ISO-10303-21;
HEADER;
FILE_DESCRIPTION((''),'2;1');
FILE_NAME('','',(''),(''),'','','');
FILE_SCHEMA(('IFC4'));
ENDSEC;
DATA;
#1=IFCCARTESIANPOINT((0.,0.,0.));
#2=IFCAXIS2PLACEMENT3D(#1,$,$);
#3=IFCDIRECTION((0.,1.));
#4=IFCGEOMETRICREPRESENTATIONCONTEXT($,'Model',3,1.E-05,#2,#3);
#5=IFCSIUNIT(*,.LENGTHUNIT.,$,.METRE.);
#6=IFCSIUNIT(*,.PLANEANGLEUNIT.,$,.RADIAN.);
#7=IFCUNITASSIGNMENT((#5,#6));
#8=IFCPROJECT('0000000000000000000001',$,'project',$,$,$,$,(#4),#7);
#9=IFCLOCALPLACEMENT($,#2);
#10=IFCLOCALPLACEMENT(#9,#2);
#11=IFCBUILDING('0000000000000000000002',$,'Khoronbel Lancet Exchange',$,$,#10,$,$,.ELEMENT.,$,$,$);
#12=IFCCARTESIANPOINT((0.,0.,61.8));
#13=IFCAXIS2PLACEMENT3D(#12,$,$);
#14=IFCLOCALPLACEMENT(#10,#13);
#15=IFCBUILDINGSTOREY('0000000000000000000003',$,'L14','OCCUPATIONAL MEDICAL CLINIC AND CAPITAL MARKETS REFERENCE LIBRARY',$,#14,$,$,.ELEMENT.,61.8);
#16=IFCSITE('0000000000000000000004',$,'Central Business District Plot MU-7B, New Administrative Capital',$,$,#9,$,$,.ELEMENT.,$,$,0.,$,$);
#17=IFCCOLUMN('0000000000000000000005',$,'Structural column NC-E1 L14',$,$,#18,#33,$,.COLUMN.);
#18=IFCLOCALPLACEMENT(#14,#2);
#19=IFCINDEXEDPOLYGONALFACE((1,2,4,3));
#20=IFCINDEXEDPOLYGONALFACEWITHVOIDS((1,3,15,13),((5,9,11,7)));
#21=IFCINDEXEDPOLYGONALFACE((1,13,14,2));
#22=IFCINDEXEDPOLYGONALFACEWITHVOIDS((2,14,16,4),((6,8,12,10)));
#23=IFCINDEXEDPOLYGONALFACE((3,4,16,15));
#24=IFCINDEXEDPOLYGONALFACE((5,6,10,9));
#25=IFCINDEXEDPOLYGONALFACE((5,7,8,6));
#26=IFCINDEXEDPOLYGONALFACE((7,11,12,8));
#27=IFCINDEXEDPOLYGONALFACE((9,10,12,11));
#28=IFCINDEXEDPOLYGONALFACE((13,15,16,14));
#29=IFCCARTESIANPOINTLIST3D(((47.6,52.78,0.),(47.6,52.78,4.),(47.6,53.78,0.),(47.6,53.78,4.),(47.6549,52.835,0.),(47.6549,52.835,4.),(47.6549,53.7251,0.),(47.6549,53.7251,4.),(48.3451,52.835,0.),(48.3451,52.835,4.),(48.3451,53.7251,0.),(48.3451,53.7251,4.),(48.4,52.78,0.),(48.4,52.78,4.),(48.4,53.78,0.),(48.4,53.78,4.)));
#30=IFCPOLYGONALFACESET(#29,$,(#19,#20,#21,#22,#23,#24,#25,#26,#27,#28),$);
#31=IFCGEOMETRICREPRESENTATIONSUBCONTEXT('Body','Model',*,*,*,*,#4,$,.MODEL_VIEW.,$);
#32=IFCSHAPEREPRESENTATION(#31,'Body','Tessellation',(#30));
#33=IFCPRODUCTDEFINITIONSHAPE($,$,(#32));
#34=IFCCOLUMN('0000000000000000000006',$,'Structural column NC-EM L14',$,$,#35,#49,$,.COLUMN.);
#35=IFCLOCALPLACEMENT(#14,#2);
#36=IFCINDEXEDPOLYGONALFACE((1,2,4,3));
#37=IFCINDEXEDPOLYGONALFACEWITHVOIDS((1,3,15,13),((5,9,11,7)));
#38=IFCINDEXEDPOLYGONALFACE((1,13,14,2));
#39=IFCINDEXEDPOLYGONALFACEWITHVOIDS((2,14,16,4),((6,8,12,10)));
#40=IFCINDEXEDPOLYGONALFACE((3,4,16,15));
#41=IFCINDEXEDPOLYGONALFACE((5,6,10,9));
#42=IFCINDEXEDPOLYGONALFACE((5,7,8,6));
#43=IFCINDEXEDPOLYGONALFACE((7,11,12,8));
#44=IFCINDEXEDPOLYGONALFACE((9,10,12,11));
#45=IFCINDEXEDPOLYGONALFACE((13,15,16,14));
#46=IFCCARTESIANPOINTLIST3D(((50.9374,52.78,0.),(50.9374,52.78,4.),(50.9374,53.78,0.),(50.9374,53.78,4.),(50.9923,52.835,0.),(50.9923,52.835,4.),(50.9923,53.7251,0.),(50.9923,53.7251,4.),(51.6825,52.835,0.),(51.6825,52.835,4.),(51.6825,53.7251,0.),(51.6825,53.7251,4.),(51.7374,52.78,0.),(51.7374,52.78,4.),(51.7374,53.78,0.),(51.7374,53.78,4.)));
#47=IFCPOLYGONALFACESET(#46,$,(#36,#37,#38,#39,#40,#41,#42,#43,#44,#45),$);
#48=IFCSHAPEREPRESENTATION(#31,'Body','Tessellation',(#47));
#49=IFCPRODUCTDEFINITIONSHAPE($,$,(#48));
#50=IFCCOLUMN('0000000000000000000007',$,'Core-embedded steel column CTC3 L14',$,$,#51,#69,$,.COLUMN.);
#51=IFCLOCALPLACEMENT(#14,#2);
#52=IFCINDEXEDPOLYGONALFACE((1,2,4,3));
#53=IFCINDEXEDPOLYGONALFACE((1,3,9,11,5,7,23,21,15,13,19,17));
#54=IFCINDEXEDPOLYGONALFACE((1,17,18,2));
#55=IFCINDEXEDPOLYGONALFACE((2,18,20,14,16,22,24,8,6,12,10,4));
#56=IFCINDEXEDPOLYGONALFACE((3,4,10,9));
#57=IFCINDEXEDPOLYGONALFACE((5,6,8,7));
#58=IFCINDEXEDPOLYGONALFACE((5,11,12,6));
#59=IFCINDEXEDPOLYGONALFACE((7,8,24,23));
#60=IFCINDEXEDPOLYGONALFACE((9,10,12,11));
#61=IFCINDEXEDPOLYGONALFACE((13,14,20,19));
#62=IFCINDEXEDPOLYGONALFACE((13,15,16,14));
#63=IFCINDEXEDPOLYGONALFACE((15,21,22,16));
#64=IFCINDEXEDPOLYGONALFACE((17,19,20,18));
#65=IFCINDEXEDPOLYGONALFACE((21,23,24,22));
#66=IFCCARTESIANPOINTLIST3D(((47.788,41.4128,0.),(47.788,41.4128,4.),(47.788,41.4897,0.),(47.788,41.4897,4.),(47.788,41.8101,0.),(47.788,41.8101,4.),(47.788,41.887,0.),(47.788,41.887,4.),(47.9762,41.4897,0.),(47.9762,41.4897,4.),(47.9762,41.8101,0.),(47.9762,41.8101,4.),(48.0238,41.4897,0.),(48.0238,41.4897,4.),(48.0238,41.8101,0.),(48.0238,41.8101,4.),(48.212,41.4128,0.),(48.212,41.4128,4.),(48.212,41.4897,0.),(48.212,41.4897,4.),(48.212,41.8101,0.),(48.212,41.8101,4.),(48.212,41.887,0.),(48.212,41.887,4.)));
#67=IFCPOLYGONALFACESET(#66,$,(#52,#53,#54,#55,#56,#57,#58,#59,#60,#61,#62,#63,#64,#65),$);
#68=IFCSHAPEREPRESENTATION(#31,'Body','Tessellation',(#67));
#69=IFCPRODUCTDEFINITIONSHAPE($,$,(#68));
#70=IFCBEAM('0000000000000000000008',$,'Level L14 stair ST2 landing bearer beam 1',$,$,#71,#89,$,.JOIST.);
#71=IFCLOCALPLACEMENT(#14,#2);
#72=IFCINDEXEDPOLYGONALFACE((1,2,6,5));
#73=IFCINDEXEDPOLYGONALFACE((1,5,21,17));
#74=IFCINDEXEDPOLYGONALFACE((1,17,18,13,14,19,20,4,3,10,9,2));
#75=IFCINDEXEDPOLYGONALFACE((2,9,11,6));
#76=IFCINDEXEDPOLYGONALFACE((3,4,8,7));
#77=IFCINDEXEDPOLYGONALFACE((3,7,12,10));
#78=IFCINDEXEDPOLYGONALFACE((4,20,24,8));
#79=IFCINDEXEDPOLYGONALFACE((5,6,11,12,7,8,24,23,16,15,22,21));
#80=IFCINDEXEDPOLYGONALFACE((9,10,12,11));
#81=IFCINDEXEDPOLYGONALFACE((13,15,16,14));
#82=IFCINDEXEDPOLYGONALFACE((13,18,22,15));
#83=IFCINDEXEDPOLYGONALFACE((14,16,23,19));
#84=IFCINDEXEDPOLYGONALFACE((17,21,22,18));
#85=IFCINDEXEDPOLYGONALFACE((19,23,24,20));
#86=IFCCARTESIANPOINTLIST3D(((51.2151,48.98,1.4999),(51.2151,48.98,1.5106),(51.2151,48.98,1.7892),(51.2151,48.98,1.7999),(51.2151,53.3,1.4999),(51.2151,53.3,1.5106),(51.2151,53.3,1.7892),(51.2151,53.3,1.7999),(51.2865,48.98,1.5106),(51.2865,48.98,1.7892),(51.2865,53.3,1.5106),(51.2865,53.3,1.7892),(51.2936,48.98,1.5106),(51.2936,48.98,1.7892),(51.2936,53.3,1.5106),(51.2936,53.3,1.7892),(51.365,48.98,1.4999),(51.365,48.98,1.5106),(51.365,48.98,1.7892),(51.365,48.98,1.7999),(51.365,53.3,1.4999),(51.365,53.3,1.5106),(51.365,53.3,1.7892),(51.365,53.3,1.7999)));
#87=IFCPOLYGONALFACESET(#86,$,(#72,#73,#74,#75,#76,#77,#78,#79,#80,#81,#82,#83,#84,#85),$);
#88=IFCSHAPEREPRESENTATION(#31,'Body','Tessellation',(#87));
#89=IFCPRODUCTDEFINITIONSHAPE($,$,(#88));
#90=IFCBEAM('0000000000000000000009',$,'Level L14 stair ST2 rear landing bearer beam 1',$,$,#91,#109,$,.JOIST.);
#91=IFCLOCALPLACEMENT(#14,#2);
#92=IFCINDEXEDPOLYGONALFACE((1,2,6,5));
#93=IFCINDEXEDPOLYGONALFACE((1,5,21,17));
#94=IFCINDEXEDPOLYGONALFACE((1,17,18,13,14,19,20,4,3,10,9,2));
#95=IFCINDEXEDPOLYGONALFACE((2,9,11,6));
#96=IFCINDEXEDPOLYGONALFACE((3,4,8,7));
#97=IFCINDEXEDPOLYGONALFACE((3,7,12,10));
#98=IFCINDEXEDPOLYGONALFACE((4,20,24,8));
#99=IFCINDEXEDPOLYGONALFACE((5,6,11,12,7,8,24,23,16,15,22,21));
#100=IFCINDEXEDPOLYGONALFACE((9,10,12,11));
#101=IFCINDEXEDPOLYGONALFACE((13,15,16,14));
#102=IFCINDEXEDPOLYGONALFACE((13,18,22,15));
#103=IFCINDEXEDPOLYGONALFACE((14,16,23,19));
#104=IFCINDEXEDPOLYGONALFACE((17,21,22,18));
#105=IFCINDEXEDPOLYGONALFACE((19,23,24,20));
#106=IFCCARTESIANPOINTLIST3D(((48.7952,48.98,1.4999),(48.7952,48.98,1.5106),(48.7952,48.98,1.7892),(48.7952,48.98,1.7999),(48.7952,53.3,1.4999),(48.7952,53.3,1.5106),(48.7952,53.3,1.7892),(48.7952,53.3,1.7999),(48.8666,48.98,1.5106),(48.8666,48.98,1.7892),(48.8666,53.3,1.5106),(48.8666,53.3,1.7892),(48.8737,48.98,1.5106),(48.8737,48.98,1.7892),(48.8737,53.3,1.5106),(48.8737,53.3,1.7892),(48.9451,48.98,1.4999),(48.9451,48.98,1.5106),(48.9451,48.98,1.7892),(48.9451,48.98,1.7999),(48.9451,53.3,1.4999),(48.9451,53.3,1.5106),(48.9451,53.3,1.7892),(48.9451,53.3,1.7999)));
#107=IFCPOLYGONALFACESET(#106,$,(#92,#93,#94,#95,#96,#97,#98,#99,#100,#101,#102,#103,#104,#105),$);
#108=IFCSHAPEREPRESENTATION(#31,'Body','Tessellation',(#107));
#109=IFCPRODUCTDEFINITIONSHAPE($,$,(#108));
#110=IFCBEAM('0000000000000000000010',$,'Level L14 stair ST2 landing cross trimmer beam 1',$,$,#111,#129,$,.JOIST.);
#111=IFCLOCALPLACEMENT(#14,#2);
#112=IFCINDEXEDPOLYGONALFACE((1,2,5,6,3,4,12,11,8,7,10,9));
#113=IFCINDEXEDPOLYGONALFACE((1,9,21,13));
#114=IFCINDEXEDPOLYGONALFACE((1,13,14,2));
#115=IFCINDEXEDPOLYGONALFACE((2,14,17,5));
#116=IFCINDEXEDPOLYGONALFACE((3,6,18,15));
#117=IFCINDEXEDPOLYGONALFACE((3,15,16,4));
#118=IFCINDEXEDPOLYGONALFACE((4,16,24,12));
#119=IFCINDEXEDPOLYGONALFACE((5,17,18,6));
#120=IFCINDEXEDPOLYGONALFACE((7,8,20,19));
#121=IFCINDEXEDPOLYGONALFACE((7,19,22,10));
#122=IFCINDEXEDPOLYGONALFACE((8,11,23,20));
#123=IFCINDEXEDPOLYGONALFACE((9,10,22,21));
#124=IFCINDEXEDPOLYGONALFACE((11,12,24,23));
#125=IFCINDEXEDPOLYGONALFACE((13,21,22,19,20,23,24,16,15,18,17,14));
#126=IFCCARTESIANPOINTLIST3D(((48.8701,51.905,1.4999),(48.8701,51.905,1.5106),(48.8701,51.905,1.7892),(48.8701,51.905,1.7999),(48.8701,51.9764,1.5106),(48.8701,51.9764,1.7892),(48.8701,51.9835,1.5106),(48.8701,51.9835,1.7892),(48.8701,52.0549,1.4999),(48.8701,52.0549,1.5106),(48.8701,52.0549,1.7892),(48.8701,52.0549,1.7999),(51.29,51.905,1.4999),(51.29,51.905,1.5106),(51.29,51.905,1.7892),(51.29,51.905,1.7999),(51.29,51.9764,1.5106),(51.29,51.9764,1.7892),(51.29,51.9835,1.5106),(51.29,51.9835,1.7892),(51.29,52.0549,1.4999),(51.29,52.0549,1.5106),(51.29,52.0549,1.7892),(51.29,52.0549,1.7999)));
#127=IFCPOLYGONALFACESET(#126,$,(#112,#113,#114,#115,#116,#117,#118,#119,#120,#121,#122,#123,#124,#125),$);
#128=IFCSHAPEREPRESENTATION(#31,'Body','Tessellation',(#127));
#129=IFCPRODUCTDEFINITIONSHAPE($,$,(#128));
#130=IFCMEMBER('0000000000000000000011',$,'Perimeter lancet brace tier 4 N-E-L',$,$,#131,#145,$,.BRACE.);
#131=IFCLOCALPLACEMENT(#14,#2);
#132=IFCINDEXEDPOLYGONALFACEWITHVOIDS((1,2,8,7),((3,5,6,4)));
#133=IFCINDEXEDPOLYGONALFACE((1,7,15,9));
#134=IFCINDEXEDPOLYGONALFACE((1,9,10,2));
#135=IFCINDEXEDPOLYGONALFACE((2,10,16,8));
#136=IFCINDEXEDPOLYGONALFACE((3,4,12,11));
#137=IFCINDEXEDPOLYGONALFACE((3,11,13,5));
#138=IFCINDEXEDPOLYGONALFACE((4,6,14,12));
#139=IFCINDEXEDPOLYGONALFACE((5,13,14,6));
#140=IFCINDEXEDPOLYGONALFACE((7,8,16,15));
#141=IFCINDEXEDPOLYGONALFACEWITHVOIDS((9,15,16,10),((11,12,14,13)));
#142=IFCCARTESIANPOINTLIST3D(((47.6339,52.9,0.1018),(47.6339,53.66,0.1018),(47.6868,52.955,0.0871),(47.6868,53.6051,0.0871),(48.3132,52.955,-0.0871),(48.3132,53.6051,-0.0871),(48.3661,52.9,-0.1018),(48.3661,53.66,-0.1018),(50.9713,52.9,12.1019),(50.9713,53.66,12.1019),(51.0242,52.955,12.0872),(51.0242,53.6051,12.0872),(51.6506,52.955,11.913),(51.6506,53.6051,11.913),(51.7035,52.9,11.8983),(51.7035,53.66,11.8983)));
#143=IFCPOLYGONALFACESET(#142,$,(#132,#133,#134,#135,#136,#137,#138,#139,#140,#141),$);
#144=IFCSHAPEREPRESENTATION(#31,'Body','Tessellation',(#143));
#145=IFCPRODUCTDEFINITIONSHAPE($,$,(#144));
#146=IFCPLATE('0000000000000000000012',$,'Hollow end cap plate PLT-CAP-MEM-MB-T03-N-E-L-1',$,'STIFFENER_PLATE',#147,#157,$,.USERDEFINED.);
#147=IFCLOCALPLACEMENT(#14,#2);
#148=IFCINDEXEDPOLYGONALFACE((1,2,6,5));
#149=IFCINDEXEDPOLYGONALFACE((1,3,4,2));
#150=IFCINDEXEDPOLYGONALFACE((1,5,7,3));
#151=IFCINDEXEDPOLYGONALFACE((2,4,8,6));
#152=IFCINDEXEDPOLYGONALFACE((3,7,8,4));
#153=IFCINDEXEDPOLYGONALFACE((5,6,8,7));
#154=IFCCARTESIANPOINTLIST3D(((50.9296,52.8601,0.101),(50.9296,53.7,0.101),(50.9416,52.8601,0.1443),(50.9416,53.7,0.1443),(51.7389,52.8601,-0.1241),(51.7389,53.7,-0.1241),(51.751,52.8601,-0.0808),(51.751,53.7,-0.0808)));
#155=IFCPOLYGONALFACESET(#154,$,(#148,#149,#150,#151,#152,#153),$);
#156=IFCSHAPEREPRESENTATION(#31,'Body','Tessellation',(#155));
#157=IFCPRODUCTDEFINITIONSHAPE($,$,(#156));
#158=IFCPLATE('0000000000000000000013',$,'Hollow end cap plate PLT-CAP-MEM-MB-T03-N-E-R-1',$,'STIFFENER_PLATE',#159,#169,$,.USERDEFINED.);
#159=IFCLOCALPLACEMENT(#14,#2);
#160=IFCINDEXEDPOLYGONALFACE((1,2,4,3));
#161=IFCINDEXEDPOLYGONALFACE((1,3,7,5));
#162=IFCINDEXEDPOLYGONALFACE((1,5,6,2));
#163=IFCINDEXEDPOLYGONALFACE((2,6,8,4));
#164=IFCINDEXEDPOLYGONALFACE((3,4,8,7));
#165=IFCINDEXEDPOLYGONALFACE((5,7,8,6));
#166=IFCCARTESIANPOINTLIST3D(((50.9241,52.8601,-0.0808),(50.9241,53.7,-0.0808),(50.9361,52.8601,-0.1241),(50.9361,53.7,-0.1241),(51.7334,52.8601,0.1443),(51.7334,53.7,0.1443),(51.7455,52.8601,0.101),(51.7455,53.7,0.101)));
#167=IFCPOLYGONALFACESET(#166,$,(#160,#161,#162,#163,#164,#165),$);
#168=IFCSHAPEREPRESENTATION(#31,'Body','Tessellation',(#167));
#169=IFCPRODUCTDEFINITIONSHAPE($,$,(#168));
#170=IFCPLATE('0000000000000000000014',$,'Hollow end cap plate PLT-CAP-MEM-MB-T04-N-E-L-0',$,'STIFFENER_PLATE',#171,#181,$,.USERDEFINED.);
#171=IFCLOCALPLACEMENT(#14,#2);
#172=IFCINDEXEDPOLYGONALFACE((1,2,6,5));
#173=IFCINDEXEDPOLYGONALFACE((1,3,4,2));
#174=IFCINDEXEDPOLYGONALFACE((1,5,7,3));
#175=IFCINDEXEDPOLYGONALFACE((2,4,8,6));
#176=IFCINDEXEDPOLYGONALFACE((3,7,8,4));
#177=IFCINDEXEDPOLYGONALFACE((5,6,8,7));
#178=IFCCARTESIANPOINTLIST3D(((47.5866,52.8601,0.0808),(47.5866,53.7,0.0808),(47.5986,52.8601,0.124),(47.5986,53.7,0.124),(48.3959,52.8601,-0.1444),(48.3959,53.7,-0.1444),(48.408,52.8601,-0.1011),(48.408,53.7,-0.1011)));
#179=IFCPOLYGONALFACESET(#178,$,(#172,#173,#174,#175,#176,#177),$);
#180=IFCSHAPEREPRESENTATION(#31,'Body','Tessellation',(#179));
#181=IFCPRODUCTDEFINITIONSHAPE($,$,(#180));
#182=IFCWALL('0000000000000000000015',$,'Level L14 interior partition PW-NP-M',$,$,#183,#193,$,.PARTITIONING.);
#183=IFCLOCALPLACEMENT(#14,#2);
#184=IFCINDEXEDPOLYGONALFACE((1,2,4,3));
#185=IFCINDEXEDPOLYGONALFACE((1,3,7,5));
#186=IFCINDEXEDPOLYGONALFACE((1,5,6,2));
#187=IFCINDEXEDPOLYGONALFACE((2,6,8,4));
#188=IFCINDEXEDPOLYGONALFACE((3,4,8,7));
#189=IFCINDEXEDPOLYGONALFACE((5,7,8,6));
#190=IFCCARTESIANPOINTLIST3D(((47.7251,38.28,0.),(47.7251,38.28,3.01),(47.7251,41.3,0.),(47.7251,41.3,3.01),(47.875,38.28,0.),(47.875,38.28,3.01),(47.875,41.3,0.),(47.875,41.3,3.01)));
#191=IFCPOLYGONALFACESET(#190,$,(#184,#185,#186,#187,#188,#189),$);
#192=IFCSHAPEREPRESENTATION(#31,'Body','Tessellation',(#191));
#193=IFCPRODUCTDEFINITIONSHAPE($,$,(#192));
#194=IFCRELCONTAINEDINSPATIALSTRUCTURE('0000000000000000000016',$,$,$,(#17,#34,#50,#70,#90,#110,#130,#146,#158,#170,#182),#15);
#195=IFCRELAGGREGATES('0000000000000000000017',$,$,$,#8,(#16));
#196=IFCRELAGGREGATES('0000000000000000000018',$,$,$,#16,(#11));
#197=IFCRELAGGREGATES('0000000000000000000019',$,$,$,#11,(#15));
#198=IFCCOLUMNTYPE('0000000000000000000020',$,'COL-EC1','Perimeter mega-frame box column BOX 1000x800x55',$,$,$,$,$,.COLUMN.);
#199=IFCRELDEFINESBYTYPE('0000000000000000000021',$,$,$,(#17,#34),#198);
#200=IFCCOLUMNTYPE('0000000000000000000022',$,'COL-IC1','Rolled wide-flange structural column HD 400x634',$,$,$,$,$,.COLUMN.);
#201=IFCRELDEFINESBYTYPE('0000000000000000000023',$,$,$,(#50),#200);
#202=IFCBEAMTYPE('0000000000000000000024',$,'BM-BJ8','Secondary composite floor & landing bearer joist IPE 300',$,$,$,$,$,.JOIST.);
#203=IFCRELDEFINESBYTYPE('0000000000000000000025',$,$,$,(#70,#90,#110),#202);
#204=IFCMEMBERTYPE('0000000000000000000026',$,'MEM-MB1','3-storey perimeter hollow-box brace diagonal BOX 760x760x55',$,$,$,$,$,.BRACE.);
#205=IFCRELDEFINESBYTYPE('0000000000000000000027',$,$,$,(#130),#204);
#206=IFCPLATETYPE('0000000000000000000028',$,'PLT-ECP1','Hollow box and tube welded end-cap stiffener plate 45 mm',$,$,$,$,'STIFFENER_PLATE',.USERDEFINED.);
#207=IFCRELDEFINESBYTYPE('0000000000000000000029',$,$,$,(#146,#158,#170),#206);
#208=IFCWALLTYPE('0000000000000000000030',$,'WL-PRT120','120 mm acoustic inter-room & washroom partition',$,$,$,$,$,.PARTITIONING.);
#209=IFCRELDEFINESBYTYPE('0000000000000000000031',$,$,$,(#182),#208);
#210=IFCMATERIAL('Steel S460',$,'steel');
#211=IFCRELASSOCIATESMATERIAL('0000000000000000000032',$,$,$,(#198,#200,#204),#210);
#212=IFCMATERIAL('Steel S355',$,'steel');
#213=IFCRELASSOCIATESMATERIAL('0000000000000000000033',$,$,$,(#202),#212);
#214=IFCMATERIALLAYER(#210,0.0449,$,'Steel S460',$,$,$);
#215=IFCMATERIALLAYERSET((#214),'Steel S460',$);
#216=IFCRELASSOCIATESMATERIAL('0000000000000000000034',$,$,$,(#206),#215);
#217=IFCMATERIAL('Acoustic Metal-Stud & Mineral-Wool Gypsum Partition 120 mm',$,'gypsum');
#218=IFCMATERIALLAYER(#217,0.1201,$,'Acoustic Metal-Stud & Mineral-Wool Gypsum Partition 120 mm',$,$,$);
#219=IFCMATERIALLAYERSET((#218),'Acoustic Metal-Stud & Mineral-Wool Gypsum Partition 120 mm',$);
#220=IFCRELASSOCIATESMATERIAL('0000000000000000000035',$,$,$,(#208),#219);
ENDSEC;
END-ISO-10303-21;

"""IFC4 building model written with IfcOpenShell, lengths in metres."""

from ifc_helpers import new_model, si_unit, direction, frame, frame_2d, origin, origin_2d, place, context, subcontext, project, spatial, polyline, rectangle, hollow_rectangle, i_section, outline, extrude, material, layer, layer_set, material_profile, profile_set, type_object, element, save


model = new_model("IFC4")

# Units and contexts
model_context = context("Model", 3, precision=1e-05, world=origin(), true_north=direction((0.0, 1.0)))
body_context = subcontext(model_context, "Body", "Model", "MODEL_VIEW")
ifc_project = project(units=[si_unit("LENGTHUNIT", "METRE"), si_unit("PLANEANGLEUNIT", "RADIAN")], contexts=[model_context])

# Site, building, storey
site_placement = place(None, origin())
site = spatial("IfcSite", under=ifc_project, at=site_placement, Name="Central Business District Plot MU-7B, New Administrative Capital", CompositionType="ELEMENT", RefElevation=0.0)
building_placement = place(site_placement, origin())
building = spatial("IfcBuilding", under=site, at=building_placement, Name="Khoronbel Lancet Exchange", CompositionType="ELEMENT")
storey_placement = place(building_placement, frame((0.0, 0.0, 61.8)))
storey = spatial("IfcBuildingStorey", under=building, at=storey_placement, Name="L14", Description="OCCUPATIONAL MEDICAL CLINIC AND CAPITAL MARKETS REFERENCE LIBRARY", CompositionType="ELEMENT", Elevation=61.8)

# Columns
ifc_material_1 = material(Name="Steel S460", Category="steel")
ifc_material_profile_1 = material_profile(ifc_material_1, hollow_rectangle(XDim=0.8, YDim=1.0, WallThickness=0.0549, at=origin_2d()), Name="BOX 1000x800x55")
ifc_profile_set_1 = profile_set([ifc_material_profile_1], Name="Steel S460")
column_type_1 = type_object("IfcColumnType", Name="COL-EC1", Description="Perimeter mega-frame box column BOX 1000x800x55", PredefinedType="COLUMN", material=ifc_profile_set_1)
for number, where, z_axis, x_axis, name in (
    (1, (48.0, 53.28, 0.0), (0.0, 0.0, 1.0), (1.0, 0.0, 0.0), "Structural column NC-E1 L14"),
    (2, (51.3374, 53.28, 0.0), (0.0, 0.0, 1.0), (1.0, 0.0, 0.0), "Structural column NC-EM L14"),
):
    element("IfcColumn", number, at=place(storey_placement, frame(where, z_axis=z_axis, x_axis=x_axis)), inside=storey, type_object=column_type_1, Name=name, PredefinedType="COLUMN", context=body_context, shape_type="SweptSolid", body=[
        extrude(hollow_rectangle(XDim=0.8, YDim=1.0, WallThickness=0.0549, at=origin_2d()), origin(), (0.0, 0.0, 1.0), 4.0),
    ])
ifc_material_profile_2 = material_profile(ifc_material_1, i_section(OverallWidth=0.4241, OverallDepth=0.4741, WebThickness=0.0476, FlangeThickness=0.0769, at=origin_2d()), Name="HD 400x634")
ifc_profile_set_2 = profile_set([ifc_material_profile_2], Name="Steel S460")
column_type_2 = type_object("IfcColumnType", Name="COL-IC1", Description="Rolled wide-flange structural column HD 400x634", PredefinedType="COLUMN", material=ifc_profile_set_2)
column_placement = place(storey_placement, frame((48.0, 41.6499, 0.0), z_axis=(0.0, 0.0, 1.0), x_axis=(1.0, 0.0, 0.0)))
element("IfcColumn", 3, at=column_placement, inside=storey, type_object=column_type_2, Name="Core-embedded steel column CTC3 L14", PredefinedType="COLUMN", context=body_context, shape_type="SweptSolid", body=[
    extrude(i_section(OverallWidth=0.4241, OverallDepth=0.4741, WebThickness=0.0476, FlangeThickness=0.0769, at=origin_2d()), origin(), (0.0, 0.0, 1.0), 4.0),
])

# Beams
ifc_material_2 = material(Name="Steel S355", Category="steel")
ifc_material_profile_3 = material_profile(ifc_material_2, i_section(OverallWidth=0.1499, OverallDepth=0.3, WebThickness=0.0071, FlangeThickness=0.0107, at=origin_2d()), Name="IPE 300")
ifc_profile_set_3 = profile_set([ifc_material_profile_3], Name="Steel S355")
beam_type = type_object("IfcBeamType", Name="BM-BJ8", Description="Secondary composite floor & landing bearer joist IPE 300", PredefinedType="JOIST", material=ifc_profile_set_3)
for number, where, z_axis, x_axis, name in (
    (4, (51.29, 48.98, 1.6499), (0.0, 1.0, 0.0), (-1.0, 0.0, 0.0), "Level L14 stair ST2 landing bearer beam 1"),
    (5, (48.8701, 48.98, 1.6499), (0.0, 1.0, 0.0), (-1.0, 0.0, 0.0), "Level L14 stair ST2 rear landing bearer beam 1"),
):
    element("IfcBeam", number, at=place(storey_placement, frame(where, z_axis=z_axis, x_axis=x_axis)), inside=storey, type_object=beam_type, Name=name, PredefinedType="JOIST", context=body_context, shape_type="SweptSolid", body=[
        extrude(i_section(OverallWidth=0.1499, OverallDepth=0.3, WebThickness=0.0071, FlangeThickness=0.0107, at=origin_2d()), origin(), (0.0, 0.0, 1.0), 4.3201),
    ])
beam_placement = place(storey_placement, frame((48.8701, 51.98, 1.6499), z_axis=(1.0, 0.0, 0.0), x_axis=(0.0, 1.0, 0.0)))
element("IfcBeam", 6, at=beam_placement, inside=storey, type_object=beam_type, Name="Level L14 stair ST2 landing cross trimmer beam 1", PredefinedType="JOIST", context=body_context, shape_type="SweptSolid", body=[
    extrude(i_section(OverallWidth=0.1499, OverallDepth=0.3, WebThickness=0.0071, FlangeThickness=0.0107, at=origin_2d()), origin(), (0.0, 0.0, 1.0), 2.4199),
])

# Member
ifc_material_profile_4 = material_profile(ifc_material_1, hollow_rectangle(XDim=0.76, YDim=0.76, WallThickness=0.0549, at=origin_2d()), Name="BOX 760x760x55")
ifc_profile_set_4 = profile_set([ifc_material_profile_4], Name="Steel S460")
member_type = type_object("IfcMemberType", Name="MEM-MB1", Description="3-storey perimeter hollow-box brace diagonal BOX 760x760x55", PredefinedType="BRACE", material=ifc_profile_set_4)
member_placement = place(storey_placement, frame((48.0, 53.28, 0.0), z_axis=(0.267947, 0.0, 0.963434), x_axis=(0.0, 1.0, 0.0)))
element("IfcMember", 7, at=member_placement, inside=storey, type_object=member_type, Name="Perimeter lancet brace tier 4 N-E-L", PredefinedType="BRACE", context=body_context, shape_type="SweptSolid", body=[
    extrude(hollow_rectangle(XDim=0.76, YDim=0.76, WallThickness=0.0549, at=origin_2d()), origin(), (0.0, 0.0, 1.0), 12.4556),
])

# Plates
ifc_layer_1 = layer(ifc_material_1, 0.0449, Name="Steel S460")
ifc_layer_set_1 = layer_set([ifc_layer_1], Name="Steel S460")
plate_type = type_object("IfcPlateType", Name="PLT-ECP1", Description="Hollow box and tube welded end-cap stiffener plate 45 mm", ElementType="STIFFENER_PLATE", PredefinedType="USERDEFINED", material=ifc_layer_set_1)
for number, where, z_axis, x_axis, name in (
    (8, (51.751, 52.8601, -0.0808), (0.267959, 0.0, 0.96343), (0.0, 1.0, 0.0), "Hollow end cap plate PLT-CAP-MEM-MB-T03-N-E-L-1"),
    (9, (50.9241, 53.7, -0.0808), (-0.267959, 0.0, 0.96343), (0.0, -1.0, 0.0), "Hollow end cap plate PLT-CAP-MEM-MB-T03-N-E-R-1"),
    (10, (48.408, 52.8601, -0.1011), (0.267959, 0.0, 0.96343), (0.0, 1.0, 0.0), "Hollow end cap plate PLT-CAP-MEM-MB-T04-N-E-L-0"),
):
    element("IfcPlate", number, at=place(storey_placement, frame(where, z_axis=z_axis, x_axis=x_axis)), inside=storey, type_object=plate_type, Name=name, ObjectType="STIFFENER_PLATE", PredefinedType="USERDEFINED", context=body_context, shape_type="SweptSolid", body=[
        extrude(outline(polyline([(0.0, 0.0), (0.8398, 0.0), (0.8398, 0.8401), (0.0, 0.8401), (0.0, 0.0)])), origin(), (0.0, 0.0, -1.0), 0.0449),
    ])

# Wall
ifc_material_3 = material(Name="Acoustic Metal-Stud & Mineral-Wool Gypsum Partition 120 mm", Category="gypsum")
ifc_layer_2 = layer(ifc_material_3, 0.1201, Name="Acoustic Metal-Stud & Mineral-Wool Gypsum Partition 120 mm")
ifc_layer_set_2 = layer_set([ifc_layer_2], Name="Acoustic Metal-Stud & Mineral-Wool Gypsum Partition 120 mm")
wall_type_1 = type_object("IfcWallType", Name="WL-PRT120", Description="120 mm acoustic inter-room & washroom partition", PredefinedType="PARTITIONING", material=ifc_layer_set_2)
wall_1_placement = place(storey_placement, frame((47.8, 38.28, 0.0), z_axis=(0.0, 0.0, 1.0), x_axis=(0.0, 1.0, 0.0)))
element("IfcWall", 11, at=wall_1_placement, inside=storey, type_object=wall_type_1, Name="Level L14 interior partition PW-NP-M", PredefinedType="PARTITIONING", context=body_context, shape_type="SweptSolid", body=[
    extrude(rectangle(XDim=3.02, YDim=0.1499, at=frame_2d((1.51, 0.0))), origin(), (0.0, 0.0, 1.0), 3.01),
])

save(model, "model.ifc")
